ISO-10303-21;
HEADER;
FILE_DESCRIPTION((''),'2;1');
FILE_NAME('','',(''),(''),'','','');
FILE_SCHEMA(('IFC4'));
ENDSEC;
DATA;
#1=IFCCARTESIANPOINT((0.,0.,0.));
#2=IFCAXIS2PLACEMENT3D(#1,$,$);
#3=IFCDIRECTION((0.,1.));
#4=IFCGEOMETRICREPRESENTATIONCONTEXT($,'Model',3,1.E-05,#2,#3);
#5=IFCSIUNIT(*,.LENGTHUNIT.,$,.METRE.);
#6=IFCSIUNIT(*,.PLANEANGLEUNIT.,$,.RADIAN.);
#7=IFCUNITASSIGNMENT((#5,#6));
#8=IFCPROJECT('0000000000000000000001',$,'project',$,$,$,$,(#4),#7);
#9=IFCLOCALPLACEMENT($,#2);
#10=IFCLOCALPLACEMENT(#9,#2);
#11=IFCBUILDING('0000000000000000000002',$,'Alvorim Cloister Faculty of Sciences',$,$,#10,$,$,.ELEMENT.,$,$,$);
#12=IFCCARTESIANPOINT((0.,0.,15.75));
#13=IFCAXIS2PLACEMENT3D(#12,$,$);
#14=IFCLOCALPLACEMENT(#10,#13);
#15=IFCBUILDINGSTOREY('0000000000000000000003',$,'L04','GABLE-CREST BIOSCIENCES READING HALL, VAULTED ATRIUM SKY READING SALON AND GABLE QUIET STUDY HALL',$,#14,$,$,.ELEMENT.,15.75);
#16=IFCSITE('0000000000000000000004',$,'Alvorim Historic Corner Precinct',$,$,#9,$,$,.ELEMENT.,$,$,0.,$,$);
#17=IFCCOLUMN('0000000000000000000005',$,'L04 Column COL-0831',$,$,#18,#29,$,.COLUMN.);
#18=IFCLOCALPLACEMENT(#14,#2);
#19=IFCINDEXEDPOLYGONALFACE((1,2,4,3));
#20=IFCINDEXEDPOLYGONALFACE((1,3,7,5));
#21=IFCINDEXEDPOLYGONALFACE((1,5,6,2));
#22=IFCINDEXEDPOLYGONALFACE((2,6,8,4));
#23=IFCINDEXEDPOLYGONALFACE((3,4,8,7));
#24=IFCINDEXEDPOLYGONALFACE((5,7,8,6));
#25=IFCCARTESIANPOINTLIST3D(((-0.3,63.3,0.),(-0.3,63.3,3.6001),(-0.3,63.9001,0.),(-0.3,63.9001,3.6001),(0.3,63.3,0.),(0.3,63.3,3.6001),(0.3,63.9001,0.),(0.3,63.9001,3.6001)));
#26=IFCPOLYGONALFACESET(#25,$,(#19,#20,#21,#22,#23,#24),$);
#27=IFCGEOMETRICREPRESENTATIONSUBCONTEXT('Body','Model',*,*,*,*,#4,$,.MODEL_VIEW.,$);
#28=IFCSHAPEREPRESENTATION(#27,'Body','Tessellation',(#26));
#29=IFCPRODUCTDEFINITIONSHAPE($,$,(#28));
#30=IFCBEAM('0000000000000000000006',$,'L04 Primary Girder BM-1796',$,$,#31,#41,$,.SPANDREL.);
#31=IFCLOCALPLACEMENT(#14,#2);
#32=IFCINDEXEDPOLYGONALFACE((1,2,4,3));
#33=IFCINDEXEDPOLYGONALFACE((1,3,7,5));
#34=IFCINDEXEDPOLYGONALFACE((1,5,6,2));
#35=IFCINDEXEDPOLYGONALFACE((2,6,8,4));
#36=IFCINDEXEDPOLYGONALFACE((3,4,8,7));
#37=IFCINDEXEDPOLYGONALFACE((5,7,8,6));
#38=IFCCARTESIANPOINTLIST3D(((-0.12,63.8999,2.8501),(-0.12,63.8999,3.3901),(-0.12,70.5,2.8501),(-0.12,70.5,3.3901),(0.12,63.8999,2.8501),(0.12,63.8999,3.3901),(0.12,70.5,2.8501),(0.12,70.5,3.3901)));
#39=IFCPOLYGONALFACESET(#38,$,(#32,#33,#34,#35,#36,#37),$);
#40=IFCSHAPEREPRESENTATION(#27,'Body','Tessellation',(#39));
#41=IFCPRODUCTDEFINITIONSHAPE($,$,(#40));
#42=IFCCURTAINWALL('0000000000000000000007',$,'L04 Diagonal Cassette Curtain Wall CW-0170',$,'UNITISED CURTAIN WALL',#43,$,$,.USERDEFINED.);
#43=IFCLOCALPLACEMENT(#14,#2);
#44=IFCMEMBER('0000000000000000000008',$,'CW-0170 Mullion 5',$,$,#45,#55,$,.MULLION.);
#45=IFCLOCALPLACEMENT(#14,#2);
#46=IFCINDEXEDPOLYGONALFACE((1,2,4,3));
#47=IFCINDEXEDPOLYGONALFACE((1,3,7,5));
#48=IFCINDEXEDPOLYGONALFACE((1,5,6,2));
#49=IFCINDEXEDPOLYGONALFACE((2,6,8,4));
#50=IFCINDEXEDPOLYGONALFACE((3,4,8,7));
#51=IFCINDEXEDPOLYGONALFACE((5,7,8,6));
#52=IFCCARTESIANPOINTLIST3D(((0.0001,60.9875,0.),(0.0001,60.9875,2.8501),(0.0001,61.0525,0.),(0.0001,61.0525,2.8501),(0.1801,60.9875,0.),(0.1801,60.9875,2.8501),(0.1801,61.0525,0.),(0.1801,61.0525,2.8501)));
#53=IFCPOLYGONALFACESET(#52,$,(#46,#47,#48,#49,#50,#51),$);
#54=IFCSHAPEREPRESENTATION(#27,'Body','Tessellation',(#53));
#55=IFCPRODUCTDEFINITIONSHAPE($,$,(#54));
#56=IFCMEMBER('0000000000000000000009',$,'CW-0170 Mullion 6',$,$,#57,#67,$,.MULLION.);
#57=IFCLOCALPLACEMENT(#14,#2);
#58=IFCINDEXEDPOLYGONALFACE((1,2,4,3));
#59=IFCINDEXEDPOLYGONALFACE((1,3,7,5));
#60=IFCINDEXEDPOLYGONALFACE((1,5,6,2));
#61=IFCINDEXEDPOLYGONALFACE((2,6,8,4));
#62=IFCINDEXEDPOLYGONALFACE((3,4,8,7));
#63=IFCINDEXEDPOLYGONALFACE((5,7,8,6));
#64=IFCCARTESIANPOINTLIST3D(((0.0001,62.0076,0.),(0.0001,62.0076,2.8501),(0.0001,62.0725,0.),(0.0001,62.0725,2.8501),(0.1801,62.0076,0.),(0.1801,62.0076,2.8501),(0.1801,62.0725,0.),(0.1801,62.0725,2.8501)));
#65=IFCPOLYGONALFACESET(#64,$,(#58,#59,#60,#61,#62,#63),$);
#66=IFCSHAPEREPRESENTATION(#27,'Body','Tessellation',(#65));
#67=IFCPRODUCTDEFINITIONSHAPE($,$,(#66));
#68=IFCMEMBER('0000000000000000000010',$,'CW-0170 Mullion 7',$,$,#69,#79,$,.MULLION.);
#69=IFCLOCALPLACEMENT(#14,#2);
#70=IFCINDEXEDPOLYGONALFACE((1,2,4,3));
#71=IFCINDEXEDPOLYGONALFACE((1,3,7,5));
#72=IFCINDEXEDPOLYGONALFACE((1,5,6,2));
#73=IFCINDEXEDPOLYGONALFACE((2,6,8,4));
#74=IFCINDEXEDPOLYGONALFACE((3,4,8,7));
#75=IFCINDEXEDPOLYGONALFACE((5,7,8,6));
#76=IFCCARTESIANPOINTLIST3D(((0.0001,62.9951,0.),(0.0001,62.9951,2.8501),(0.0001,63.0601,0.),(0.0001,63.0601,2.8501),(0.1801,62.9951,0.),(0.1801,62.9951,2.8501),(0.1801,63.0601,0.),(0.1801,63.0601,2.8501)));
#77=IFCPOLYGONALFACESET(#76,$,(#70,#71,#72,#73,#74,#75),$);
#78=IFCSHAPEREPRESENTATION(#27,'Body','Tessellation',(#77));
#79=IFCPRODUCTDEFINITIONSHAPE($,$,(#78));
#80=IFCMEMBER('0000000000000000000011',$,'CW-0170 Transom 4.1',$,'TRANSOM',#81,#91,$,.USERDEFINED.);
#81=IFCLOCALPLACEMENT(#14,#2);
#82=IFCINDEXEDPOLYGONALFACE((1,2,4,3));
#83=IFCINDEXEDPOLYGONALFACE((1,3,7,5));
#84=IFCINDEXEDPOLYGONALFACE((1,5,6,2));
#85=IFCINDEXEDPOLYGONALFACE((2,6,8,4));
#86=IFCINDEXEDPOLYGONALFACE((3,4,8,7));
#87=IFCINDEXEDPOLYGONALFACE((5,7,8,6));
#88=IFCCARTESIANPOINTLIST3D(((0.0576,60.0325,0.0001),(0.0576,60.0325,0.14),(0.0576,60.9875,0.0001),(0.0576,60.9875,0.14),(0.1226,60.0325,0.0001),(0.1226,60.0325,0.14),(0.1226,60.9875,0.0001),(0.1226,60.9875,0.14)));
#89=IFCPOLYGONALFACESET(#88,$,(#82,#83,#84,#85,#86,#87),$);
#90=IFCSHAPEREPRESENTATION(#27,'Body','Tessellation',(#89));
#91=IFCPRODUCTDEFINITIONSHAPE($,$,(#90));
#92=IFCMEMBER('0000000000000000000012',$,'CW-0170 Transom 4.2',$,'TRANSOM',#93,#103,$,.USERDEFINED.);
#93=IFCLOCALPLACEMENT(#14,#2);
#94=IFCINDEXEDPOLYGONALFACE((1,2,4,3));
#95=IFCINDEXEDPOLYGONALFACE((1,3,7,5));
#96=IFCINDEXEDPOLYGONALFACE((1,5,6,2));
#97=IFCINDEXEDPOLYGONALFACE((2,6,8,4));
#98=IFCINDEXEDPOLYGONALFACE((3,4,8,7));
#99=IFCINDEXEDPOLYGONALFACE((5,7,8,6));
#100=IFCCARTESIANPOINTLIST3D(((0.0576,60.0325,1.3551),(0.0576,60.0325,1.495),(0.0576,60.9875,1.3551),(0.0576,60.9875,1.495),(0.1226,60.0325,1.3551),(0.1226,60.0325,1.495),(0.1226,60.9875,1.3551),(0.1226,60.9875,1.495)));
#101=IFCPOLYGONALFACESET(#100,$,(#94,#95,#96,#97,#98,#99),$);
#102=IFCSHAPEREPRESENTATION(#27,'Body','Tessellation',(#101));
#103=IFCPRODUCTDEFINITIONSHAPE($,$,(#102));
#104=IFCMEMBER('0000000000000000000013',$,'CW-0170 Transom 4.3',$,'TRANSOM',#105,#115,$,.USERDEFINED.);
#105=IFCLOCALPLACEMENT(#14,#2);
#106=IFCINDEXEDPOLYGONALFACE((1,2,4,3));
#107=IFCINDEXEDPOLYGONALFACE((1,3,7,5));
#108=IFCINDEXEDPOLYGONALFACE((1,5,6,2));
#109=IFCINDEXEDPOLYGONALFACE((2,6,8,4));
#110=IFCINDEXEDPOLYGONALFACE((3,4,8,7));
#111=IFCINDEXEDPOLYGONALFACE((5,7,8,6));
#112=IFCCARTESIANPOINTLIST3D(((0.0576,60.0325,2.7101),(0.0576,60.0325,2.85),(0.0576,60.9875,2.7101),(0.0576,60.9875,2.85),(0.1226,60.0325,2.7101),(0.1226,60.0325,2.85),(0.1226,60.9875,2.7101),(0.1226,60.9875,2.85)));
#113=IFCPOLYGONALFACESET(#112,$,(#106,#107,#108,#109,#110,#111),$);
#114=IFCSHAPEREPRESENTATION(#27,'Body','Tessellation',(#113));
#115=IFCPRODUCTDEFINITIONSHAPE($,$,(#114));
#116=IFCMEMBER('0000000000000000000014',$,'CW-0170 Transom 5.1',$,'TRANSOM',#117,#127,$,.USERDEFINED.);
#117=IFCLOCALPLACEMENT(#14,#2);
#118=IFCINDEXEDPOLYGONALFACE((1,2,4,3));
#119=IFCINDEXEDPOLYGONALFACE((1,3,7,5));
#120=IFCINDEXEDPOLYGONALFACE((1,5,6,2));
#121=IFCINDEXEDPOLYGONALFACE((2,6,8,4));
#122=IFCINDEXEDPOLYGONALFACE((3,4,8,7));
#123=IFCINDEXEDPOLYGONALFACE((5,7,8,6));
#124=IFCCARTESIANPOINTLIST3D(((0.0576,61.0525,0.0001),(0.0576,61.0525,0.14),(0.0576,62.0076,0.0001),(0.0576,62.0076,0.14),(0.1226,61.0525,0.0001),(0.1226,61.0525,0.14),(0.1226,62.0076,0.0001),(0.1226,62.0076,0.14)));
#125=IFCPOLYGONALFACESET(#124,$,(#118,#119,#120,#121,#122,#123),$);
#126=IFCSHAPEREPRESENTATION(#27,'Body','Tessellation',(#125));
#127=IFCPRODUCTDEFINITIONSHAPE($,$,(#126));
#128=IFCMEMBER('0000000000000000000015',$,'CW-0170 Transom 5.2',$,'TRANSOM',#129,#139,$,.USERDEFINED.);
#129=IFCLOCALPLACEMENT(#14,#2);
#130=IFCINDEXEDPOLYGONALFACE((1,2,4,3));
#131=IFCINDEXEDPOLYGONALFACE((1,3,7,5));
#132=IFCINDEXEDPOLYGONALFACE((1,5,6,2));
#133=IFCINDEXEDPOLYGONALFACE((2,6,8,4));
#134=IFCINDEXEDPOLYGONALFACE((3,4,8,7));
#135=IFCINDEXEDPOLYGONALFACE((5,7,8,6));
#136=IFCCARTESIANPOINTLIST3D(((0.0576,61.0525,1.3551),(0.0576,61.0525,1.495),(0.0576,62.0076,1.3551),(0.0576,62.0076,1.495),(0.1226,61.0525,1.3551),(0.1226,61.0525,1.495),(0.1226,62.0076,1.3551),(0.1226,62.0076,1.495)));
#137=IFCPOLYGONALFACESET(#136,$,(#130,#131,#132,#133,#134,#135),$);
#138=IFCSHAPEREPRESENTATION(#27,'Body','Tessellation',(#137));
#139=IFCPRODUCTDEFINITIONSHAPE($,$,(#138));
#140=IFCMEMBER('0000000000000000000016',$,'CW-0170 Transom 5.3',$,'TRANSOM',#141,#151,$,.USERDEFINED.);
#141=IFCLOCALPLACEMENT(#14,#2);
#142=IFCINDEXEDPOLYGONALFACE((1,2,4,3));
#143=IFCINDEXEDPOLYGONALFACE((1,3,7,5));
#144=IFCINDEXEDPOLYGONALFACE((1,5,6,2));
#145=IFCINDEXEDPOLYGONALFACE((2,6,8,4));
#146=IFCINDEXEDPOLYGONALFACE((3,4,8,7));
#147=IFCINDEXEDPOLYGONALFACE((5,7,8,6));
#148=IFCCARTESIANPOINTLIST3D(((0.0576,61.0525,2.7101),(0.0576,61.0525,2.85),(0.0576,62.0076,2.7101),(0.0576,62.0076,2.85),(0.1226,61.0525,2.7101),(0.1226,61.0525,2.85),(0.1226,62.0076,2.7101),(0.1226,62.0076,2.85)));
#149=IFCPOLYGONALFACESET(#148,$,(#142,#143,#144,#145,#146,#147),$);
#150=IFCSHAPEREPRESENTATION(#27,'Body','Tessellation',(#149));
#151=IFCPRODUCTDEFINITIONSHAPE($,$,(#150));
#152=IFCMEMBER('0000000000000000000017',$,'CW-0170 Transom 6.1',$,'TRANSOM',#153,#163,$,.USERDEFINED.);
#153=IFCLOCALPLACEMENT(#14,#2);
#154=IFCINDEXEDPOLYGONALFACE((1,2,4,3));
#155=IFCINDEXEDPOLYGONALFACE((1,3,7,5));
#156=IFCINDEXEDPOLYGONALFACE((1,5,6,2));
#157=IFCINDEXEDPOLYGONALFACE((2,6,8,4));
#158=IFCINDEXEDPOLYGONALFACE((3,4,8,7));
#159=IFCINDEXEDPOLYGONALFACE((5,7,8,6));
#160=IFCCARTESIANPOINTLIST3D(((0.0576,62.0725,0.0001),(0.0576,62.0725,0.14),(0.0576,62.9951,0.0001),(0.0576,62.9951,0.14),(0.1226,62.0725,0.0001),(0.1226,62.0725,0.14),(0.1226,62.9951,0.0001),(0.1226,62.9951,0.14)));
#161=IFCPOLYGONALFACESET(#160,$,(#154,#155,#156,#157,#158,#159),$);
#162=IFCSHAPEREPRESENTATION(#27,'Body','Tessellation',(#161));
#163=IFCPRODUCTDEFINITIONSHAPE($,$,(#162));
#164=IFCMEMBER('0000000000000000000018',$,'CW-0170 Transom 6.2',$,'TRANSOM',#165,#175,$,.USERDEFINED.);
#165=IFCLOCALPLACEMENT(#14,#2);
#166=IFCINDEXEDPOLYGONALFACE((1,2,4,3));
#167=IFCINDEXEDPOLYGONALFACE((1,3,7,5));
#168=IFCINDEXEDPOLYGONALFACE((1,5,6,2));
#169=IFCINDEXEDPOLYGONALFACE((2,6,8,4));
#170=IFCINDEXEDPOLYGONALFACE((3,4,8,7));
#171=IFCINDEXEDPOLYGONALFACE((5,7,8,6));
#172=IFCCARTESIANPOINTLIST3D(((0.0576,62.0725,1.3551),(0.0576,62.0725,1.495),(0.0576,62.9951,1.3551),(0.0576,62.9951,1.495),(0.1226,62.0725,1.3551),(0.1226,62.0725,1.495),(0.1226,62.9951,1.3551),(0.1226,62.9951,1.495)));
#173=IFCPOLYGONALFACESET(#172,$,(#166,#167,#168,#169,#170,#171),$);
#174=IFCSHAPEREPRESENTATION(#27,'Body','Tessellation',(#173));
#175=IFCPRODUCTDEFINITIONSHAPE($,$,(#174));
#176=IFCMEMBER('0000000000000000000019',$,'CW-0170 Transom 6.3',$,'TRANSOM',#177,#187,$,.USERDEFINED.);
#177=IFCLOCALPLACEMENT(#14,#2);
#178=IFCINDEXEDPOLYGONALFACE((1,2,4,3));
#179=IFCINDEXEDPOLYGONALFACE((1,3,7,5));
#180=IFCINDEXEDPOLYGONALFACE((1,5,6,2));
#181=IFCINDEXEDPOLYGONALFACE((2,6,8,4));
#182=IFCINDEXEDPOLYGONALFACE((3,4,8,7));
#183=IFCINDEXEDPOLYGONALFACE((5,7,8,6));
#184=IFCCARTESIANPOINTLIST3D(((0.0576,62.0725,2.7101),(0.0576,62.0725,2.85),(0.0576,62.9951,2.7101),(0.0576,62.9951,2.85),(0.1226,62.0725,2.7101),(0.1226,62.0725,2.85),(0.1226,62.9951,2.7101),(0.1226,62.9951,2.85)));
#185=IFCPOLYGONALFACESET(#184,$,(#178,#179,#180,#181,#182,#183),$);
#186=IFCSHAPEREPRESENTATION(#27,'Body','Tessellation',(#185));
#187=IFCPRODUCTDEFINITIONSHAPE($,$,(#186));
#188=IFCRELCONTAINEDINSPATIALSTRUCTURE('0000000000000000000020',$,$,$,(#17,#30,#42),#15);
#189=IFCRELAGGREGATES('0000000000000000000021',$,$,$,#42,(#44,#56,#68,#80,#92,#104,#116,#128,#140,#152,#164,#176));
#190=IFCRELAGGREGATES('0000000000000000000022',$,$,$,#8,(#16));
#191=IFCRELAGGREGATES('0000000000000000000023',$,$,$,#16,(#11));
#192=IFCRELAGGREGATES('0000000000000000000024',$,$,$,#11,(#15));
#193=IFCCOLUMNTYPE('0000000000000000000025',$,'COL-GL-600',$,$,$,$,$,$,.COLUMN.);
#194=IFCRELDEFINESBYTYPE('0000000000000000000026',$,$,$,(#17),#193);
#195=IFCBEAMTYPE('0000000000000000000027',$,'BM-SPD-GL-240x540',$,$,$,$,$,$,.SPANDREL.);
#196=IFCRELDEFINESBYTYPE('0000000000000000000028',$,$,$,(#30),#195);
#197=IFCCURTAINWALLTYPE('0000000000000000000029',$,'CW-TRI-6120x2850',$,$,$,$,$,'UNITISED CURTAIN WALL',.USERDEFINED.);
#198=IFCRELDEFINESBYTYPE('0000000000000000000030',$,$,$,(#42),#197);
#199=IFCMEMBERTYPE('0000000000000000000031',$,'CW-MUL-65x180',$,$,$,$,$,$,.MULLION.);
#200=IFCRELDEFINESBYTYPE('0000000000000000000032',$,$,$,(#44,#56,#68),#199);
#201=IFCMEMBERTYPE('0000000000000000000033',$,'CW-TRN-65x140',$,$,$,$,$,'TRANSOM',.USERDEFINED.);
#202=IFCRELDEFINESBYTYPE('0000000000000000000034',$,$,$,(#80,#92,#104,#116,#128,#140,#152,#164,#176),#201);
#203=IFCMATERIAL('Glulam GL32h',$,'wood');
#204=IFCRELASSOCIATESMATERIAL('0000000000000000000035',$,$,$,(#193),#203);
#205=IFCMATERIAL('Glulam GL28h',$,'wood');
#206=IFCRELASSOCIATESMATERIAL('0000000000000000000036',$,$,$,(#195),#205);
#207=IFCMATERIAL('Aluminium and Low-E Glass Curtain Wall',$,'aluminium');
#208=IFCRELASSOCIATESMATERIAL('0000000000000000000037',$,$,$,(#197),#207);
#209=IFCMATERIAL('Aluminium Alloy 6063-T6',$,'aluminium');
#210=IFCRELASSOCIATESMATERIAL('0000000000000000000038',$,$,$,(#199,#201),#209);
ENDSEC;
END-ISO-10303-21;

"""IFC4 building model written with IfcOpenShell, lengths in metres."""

from ifc_helpers import new_model, si_unit, direction, frame, origin, origin_2d, place, context, subcontext, project, spatial, rectangle, extrude, material, material_profile, profile_set, type_object, element, aggregate, save


model = new_model("IFC4")

# Units and contexts
model_context = context("Model", 3, precision=1e-05, world=origin(), true_north=direction((0.0, 1.0)))
body_context = subcontext(model_context, "Body", "Model", "MODEL_VIEW")
ifc_project = project(units=[si_unit("LENGTHUNIT", "METRE"), si_unit("PLANEANGLEUNIT", "RADIAN")], contexts=[model_context])

# Site, building, storey
site_placement = place(None, origin())
site = spatial("IfcSite", under=ifc_project, at=site_placement, Name="Alvorim Historic Corner Precinct", CompositionType="ELEMENT", RefElevation=0.0)
building_placement = place(site_placement, origin())
building = spatial("IfcBuilding", under=site, at=building_placement, Name="Alvorim Cloister Faculty of Sciences", CompositionType="ELEMENT")
storey_placement = place(building_placement, frame((0.0, 0.0, 15.75)))
storey = spatial("IfcBuildingStorey", under=building, at=storey_placement, Name="L04", Description="GABLE-CREST BIOSCIENCES READING HALL, VAULTED ATRIUM SKY READING SALON AND GABLE QUIET STUDY HALL", CompositionType="ELEMENT", Elevation=15.75)

# Column
ifc_material_1 = material(Name="Glulam GL32h", Category="wood")
ifc_material_profile_1 = material_profile(ifc_material_1, rectangle(XDim=0.6001, YDim=0.6001, at=origin_2d()), Name="GL32-COL-600x600")
ifc_profile_set_1 = profile_set([ifc_material_profile_1], Name="Glulam GL32h")
column_type = type_object("IfcColumnType", Name="COL-GL-600", PredefinedType="COLUMN", material=ifc_profile_set_1)
column_placement = place(storey_placement, frame((0.0, 63.6001, 0.0), z_axis=(0.0, 0.0, 1.0), x_axis=(1.0, 0.0, 0.0)))
element("IfcColumn", 1, at=column_placement, inside=storey, type_object=column_type, Name="L04 Column COL-0831", PredefinedType="COLUMN", context=body_context, shape_type="SweptSolid", body=[
    extrude(rectangle(XDim=0.6001, YDim=0.6001, at=origin_2d()), origin(), (0.0, 0.0, 1.0), 3.6001),
])

# Beam
ifc_material_2 = material(Name="Glulam GL28h", Category="wood")
ifc_material_profile_2 = material_profile(ifc_material_2, rectangle(XDim=0.24, YDim=0.54, at=origin_2d()), Name="GL28-SPD-240x540")
ifc_profile_set_2 = profile_set([ifc_material_profile_2], Name="Glulam GL28h")
beam_type = type_object("IfcBeamType", Name="BM-SPD-GL-240x540", PredefinedType="SPANDREL", material=ifc_profile_set_2)
beam_placement = place(storey_placement, frame((0.0, 63.8999, 3.1201), z_axis=(0.0, 1.0, 0.0), x_axis=(-1.0, 0.0, 0.0)))
element("IfcBeam", 2, at=beam_placement, inside=storey, type_object=beam_type, Name="L04 Primary Girder BM-1796", PredefinedType="SPANDREL", context=body_context, shape_type="SweptSolid", body=[
    extrude(rectangle(XDim=0.24, YDim=0.54, at=origin_2d()), origin(), (0.0, 0.0, 1.0), 6.6001),
])

# Curtain wall, members
ifc_material_3 = material(Name="Aluminium and Low-E Glass Curtain Wall", Category="aluminium")
curtain_wall_type = type_object("IfcCurtainWallType", Name="CW-TRI-6120x2850", ElementType="UNITISED CURTAIN WALL", PredefinedType="USERDEFINED", material=ifc_material_3)
curtain_wall_placement = place(storey_placement, origin())
curtain_wall = element("IfcCurtainWall", 3, at=curtain_wall_placement, inside=storey, type_object=curtain_wall_type, Name="L04 Diagonal Cassette Curtain Wall CW-0170", ObjectType="UNITISED CURTAIN WALL", PredefinedType="USERDEFINED")
ifc_material_4 = material(Name="Aluminium Alloy 6063-T6", Category="aluminium")
ifc_material_profile_3 = material_profile(ifc_material_4, rectangle(XDim=0.0649, YDim=0.1799, at=origin_2d()), Name="ALU-MUL-65x180")
ifc_profile_set_3 = profile_set([ifc_material_profile_3], Name="Aluminium Alloy 6063-T6")
member_type_1 = type_object("IfcMemberType", Name="CW-MUL-65x180", PredefinedType="MULLION", material=ifc_profile_set_3)
member_1_placement = place(storey_placement, frame((0.0901, 61.02, 0.0), z_axis=(0.0, 0.0, 1.0), x_axis=(0.0, 1.0, 0.0)))
member_1 = element("IfcMember", 4, at=member_1_placement, type_object=member_type_1, Name="CW-0170 Mullion 5", PredefinedType="MULLION", context=body_context, shape_type="SweptSolid", body=[
    extrude(rectangle(XDim=0.0649, YDim=0.1799, at=origin_2d()), origin(), (0.0, 0.0, 1.0), 2.8501),
])
member_2_placement = place(storey_placement, frame((0.0901, 62.04, 0.0), z_axis=(0.0, 0.0, 1.0), x_axis=(0.0, 1.0, 0.0)))
member_2 = element("IfcMember", 5, at=member_2_placement, type_object=member_type_1, Name="CW-0170 Mullion 6", PredefinedType="MULLION", context=body_context, shape_type="SweptSolid", body=[
    extrude(rectangle(XDim=0.0649, YDim=0.1799, at=origin_2d()), origin(), (0.0, 0.0, 1.0), 2.8501),
])
member_3_placement = place(storey_placement, frame((0.0901, 63.0276, 0.0), z_axis=(0.0, 0.0, 1.0), x_axis=(0.0, 1.0, 0.0)))
member_3 = element("IfcMember", 6, at=member_3_placement, type_object=member_type_1, Name="CW-0170 Mullion 7", PredefinedType="MULLION", context=body_context, shape_type="SweptSolid", body=[
    extrude(rectangle(XDim=0.0649, YDim=0.1799, at=origin_2d()), origin(), (0.0, 0.0, 1.0), 2.8501),
])
ifc_material_profile_4 = material_profile(ifc_material_4, rectangle(XDim=0.0649, YDim=0.1399, at=origin_2d()), Name="ALU-TRN-65x140")
ifc_profile_set_4 = profile_set([ifc_material_profile_4], Name="Aluminium Alloy 6063-T6")
member_type_2 = type_object("IfcMemberType", Name="CW-TRN-65x140", ElementType="TRANSOM", PredefinedType="USERDEFINED", material=ifc_profile_set_4)
member_4_placement = place(storey_placement, frame((0.0901, 60.0325, 0.0701), z_axis=(0.0, 1.0, 0.0), x_axis=(-1.0, 0.0, 0.0)))
member_4 = element("IfcMember", 7, at=member_4_placement, type_object=member_type_2, Name="CW-0170 Transom 4.1", ObjectType="TRANSOM", PredefinedType="USERDEFINED", context=body_context, shape_type="SweptSolid", body=[
    extrude(rectangle(XDim=0.0649, YDim=0.1399, at=origin_2d()), origin(), (0.0, 0.0, 1.0), 0.9551),
])
member_5_placement = place(storey_placement, frame((0.0901, 60.0325, 1.425), z_axis=(0.0, 1.0, 0.0), x_axis=(-1.0, 0.0, 0.0)))
member_5 = element("IfcMember", 8, at=member_5_placement, type_object=member_type_2, Name="CW-0170 Transom 4.2", ObjectType="TRANSOM", PredefinedType="USERDEFINED", context=body_context, shape_type="SweptSolid", body=[
    extrude(rectangle(XDim=0.0649, YDim=0.1399, at=origin_2d()), origin(), (0.0, 0.0, 1.0), 0.9551),
])
member_6_placement = place(storey_placement, frame((0.0901, 60.0325, 2.78), z_axis=(0.0, 1.0, 0.0), x_axis=(-1.0, 0.0, 0.0)))
member_6 = element("IfcMember", 9, at=member_6_placement, type_object=member_type_2, Name="CW-0170 Transom 4.3", ObjectType="TRANSOM", PredefinedType="USERDEFINED", context=body_context, shape_type="SweptSolid", body=[
    extrude(rectangle(XDim=0.0649, YDim=0.1399, at=origin_2d()), origin(), (0.0, 0.0, 1.0), 0.9551),
])
member_7_placement = place(storey_placement, frame((0.0901, 61.0525, 0.0701), z_axis=(0.0, 1.0, 0.0), x_axis=(-1.0, 0.0, 0.0)))
member_7 = element("IfcMember", 10, at=member_7_placement, type_object=member_type_2, Name="CW-0170 Transom 5.1", ObjectType="TRANSOM", PredefinedType="USERDEFINED", context=body_context, shape_type="SweptSolid", body=[
    extrude(rectangle(XDim=0.0649, YDim=0.1399, at=origin_2d()), origin(), (0.0, 0.0, 1.0), 0.9551),
])
member_8_placement = place(storey_placement, frame((0.0901, 61.0525, 1.425), z_axis=(0.0, 1.0, 0.0), x_axis=(-1.0, 0.0, 0.0)))
member_8 = element("IfcMember", 11, at=member_8_placement, type_object=member_type_2, Name="CW-0170 Transom 5.2", ObjectType="TRANSOM", PredefinedType="USERDEFINED", context=body_context, shape_type="SweptSolid", body=[
    extrude(rectangle(XDim=0.0649, YDim=0.1399, at=origin_2d()), origin(), (0.0, 0.0, 1.0), 0.9551),
])
member_9_placement = place(storey_placement, frame((0.0901, 61.0525, 2.78), z_axis=(0.0, 1.0, 0.0), x_axis=(-1.0, 0.0, 0.0)))
member_9 = element("IfcMember", 12, at=member_9_placement, type_object=member_type_2, Name="CW-0170 Transom 5.3", ObjectType="TRANSOM", PredefinedType="USERDEFINED", context=body_context, shape_type="SweptSolid", body=[
    extrude(rectangle(XDim=0.0649, YDim=0.1399, at=origin_2d()), origin(), (0.0, 0.0, 1.0), 0.9551),
])
member_10_placement = place(storey_placement, frame((0.0901, 62.0725, 0.0701), z_axis=(0.0, 1.0, 0.0), x_axis=(-1.0, 0.0, 0.0)))
member_10 = element("IfcMember", 13, at=member_10_placement, type_object=member_type_2, Name="CW-0170 Transom 6.1", ObjectType="TRANSOM", PredefinedType="USERDEFINED", context=body_context, shape_type="SweptSolid", body=[
    extrude(rectangle(XDim=0.0649, YDim=0.1399, at=origin_2d()), origin(), (0.0, 0.0, 1.0), 0.9226),
])
member_11_placement = place(storey_placement, frame((0.0901, 62.0725, 1.425), z_axis=(0.0, 1.0, 0.0), x_axis=(-1.0, 0.0, 0.0)))
member_11 = element("IfcMember", 14, at=member_11_placement, type_object=member_type_2, Name="CW-0170 Transom 6.2", ObjectType="TRANSOM", PredefinedType="USERDEFINED", context=body_context, shape_type="SweptSolid", body=[
    extrude(rectangle(XDim=0.0649, YDim=0.1399, at=origin_2d()), origin(), (0.0, 0.0, 1.0), 0.9226),
])
member_12_placement = place(storey_placement, frame((0.0901, 62.0725, 2.78), z_axis=(0.0, 1.0, 0.0), x_axis=(-1.0, 0.0, 0.0)))
member_12 = element("IfcMember", 15, at=member_12_placement, type_object=member_type_2, Name="CW-0170 Transom 6.3", ObjectType="TRANSOM", PredefinedType="USERDEFINED", context=body_context, shape_type="SweptSolid", body=[
    extrude(rectangle(XDim=0.0649, YDim=0.1399, at=origin_2d()), origin(), (0.0, 0.0, 1.0), 0.9226),
])
aggregate(curtain_wall, [member_1, member_2, member_3, member_4, member_5, member_6, member_7, member_8, member_9, member_10, member_11, member_12])

save(model, "model.ifc")
